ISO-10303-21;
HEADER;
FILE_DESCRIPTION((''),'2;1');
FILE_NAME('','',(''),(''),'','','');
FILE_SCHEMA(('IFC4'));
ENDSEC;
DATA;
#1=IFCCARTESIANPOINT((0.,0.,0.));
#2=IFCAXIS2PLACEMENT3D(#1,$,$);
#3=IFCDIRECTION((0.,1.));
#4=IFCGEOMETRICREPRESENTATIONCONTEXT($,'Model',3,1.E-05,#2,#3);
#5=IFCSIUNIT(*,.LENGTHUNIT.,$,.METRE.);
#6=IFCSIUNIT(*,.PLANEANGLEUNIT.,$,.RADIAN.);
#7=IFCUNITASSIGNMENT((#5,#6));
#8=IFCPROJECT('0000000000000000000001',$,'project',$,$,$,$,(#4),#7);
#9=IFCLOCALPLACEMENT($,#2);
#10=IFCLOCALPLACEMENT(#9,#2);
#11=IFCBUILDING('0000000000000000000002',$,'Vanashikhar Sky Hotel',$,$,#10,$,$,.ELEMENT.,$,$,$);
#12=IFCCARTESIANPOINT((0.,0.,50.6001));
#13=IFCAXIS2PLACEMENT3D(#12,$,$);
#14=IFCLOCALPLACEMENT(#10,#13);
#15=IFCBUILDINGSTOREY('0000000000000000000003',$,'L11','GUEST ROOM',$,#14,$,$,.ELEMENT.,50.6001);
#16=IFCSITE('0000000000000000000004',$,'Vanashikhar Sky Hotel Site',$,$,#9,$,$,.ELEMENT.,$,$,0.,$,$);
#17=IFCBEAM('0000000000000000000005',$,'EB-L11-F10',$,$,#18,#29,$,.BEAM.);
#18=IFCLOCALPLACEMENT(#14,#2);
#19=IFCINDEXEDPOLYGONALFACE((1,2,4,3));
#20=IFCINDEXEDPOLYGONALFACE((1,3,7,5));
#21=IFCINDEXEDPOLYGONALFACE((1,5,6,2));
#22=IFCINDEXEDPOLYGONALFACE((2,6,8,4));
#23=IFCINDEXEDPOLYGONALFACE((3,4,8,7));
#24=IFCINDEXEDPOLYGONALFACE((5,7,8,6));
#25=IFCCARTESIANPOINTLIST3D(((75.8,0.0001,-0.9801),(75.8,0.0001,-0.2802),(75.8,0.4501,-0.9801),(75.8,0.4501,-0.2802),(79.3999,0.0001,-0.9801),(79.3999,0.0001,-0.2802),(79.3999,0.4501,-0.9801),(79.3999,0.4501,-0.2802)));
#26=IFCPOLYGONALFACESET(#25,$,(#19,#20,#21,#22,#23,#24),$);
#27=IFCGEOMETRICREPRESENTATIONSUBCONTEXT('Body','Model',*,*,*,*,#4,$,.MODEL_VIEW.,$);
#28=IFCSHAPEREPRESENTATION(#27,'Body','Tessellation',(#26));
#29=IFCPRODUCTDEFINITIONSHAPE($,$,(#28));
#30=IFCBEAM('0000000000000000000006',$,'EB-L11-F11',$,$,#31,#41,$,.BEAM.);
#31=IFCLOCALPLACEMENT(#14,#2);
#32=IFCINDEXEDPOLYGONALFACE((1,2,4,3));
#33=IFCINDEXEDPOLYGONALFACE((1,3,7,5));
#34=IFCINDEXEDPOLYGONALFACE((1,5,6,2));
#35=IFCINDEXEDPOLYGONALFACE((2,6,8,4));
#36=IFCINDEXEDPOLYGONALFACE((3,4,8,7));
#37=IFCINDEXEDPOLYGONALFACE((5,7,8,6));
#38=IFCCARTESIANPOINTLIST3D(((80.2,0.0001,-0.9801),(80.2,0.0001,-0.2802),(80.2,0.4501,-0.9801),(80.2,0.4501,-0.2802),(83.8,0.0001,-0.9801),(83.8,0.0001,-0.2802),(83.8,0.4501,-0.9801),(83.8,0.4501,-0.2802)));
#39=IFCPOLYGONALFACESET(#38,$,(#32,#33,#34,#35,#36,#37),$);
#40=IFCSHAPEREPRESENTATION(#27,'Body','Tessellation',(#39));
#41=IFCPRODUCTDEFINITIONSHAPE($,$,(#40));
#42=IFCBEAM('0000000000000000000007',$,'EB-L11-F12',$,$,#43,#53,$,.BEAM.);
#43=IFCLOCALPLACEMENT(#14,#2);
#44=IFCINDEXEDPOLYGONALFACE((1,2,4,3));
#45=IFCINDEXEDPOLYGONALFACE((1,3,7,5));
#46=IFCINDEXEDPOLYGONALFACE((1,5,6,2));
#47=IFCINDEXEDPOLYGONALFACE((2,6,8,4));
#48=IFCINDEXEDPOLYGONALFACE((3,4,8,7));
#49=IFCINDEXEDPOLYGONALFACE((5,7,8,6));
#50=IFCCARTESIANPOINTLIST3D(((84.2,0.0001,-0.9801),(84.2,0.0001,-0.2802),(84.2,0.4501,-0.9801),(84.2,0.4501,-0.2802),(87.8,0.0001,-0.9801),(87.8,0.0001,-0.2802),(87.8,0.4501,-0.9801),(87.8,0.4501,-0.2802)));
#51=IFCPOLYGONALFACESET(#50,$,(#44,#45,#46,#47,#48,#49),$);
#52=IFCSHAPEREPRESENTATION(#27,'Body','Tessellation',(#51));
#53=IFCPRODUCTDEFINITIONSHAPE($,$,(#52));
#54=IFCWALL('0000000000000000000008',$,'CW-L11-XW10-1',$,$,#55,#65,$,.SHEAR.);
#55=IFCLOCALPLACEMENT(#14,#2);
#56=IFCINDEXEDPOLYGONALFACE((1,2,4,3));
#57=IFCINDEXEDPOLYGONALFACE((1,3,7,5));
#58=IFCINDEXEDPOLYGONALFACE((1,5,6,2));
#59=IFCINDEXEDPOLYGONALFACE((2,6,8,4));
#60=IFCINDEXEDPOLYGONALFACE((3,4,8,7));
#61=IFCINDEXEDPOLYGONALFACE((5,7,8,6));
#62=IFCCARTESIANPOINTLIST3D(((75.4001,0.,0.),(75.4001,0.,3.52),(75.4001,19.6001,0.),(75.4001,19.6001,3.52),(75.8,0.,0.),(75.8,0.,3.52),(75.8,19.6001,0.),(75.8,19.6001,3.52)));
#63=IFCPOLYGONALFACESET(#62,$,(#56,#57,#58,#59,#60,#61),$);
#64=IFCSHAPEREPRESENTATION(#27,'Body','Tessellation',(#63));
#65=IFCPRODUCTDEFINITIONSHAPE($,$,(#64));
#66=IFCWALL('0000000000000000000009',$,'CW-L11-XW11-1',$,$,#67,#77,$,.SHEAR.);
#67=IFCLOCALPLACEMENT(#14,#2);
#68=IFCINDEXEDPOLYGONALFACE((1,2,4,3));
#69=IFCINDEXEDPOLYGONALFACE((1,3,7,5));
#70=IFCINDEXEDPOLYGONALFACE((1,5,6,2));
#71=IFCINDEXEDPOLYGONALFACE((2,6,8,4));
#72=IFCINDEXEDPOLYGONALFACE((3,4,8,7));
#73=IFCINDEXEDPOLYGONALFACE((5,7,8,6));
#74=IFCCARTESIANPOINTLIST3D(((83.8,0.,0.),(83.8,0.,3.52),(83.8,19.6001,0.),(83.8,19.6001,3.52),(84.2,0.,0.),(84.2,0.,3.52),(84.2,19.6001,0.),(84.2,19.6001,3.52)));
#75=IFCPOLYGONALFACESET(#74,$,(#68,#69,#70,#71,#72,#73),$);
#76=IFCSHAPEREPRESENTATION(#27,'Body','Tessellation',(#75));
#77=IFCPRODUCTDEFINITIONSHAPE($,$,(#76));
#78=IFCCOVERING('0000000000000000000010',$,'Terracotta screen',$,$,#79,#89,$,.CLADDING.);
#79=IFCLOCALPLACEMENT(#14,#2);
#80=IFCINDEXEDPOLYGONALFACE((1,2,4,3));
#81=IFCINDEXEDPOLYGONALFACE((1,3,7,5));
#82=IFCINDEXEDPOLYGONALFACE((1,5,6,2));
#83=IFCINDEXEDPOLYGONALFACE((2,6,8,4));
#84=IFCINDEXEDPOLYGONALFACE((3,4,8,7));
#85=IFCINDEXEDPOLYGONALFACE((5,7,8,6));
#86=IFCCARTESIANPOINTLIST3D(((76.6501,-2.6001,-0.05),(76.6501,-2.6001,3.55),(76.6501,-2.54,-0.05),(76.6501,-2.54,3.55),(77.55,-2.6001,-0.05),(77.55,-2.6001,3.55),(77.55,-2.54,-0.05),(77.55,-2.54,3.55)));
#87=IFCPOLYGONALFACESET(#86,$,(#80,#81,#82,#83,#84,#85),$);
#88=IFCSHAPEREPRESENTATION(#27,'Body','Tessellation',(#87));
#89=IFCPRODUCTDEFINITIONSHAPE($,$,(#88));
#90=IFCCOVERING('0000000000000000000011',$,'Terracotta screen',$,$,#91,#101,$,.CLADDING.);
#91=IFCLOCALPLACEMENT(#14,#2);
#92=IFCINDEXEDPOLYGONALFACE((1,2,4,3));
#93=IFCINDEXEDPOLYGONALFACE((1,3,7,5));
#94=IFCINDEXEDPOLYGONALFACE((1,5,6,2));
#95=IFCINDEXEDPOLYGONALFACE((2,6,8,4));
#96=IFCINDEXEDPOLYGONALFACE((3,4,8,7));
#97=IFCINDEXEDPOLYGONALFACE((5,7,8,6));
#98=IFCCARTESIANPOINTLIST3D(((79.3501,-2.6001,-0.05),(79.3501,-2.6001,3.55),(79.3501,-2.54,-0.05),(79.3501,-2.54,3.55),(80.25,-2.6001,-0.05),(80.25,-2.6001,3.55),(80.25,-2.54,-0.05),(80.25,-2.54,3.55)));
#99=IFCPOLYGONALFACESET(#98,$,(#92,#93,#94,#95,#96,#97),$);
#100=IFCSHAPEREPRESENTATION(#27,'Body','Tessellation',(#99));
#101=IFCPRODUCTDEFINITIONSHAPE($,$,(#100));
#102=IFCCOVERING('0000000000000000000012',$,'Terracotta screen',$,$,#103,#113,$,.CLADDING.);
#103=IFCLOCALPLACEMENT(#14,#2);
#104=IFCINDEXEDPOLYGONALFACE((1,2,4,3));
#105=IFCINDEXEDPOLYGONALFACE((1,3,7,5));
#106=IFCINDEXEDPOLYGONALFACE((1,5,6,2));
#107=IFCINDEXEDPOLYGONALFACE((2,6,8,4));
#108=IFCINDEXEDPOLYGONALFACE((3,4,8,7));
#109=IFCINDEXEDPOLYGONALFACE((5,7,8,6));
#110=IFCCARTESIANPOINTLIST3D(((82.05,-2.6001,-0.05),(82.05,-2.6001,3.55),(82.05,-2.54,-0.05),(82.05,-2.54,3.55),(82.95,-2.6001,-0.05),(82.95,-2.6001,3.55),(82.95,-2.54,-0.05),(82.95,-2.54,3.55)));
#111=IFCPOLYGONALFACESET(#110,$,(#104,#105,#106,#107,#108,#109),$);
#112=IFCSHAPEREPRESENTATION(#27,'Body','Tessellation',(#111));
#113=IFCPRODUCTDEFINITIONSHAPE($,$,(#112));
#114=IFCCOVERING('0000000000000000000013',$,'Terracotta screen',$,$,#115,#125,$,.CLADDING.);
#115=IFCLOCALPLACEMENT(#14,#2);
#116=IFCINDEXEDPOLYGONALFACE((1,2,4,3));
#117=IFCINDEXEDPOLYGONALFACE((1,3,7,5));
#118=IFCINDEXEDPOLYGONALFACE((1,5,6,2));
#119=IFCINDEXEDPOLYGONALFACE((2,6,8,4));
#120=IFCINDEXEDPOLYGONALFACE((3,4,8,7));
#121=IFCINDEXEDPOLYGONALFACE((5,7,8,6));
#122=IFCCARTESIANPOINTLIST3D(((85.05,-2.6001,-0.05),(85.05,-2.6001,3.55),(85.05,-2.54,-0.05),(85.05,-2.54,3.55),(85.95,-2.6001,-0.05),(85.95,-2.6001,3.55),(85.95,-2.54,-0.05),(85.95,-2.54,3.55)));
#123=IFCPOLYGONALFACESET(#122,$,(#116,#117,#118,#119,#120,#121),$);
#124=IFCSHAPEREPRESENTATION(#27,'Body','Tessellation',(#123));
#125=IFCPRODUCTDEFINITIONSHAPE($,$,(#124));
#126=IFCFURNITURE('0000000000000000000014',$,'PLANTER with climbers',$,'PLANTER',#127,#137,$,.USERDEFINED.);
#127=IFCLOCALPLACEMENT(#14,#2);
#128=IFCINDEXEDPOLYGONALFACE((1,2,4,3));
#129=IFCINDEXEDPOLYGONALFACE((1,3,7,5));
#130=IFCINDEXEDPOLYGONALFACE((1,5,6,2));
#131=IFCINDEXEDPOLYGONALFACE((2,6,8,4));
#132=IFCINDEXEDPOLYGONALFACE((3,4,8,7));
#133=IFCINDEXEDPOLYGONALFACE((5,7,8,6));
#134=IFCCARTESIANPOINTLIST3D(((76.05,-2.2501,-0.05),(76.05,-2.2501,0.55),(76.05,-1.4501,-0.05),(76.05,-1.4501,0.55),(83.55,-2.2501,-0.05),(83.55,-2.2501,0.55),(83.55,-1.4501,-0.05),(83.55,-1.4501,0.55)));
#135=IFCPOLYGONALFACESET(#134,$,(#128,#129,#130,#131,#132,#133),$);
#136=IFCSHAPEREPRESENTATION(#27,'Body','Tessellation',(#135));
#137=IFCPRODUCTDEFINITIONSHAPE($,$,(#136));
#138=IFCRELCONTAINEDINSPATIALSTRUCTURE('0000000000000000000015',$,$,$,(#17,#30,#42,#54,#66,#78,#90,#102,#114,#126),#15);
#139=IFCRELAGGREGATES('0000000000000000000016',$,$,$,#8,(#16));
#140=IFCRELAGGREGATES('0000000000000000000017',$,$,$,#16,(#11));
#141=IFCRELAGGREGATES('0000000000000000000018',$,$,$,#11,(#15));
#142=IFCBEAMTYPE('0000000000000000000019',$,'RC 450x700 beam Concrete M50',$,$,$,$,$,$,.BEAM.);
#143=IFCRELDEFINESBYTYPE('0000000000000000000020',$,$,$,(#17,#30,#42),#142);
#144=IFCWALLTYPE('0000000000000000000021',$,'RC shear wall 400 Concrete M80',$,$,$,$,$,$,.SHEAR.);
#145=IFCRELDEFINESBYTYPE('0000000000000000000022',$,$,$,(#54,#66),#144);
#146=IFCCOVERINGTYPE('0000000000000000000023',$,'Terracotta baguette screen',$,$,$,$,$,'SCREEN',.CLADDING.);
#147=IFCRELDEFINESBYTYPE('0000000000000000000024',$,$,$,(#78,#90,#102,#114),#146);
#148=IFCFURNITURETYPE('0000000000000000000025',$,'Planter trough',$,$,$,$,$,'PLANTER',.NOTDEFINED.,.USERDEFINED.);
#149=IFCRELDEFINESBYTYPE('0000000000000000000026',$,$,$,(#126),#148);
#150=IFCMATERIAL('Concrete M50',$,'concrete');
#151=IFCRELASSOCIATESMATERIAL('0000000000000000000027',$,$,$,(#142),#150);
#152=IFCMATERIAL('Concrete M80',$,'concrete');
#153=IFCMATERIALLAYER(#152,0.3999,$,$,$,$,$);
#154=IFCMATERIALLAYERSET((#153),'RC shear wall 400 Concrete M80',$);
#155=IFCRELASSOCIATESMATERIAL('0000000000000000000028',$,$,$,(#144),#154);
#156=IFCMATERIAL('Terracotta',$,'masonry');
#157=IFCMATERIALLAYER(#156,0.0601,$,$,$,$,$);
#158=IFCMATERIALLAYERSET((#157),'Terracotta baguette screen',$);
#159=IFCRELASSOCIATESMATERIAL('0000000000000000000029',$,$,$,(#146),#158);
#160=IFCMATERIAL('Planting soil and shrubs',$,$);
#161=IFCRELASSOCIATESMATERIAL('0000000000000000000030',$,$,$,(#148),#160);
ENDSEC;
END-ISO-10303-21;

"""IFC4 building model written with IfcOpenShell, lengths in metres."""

from ifc_helpers import new_model, si_unit, direction, frame, frame_2d, origin, origin_2d, place, context, subcontext, project, spatial, rectangle, extrude, source, transform, mapped, material, layer, layer_set, material_profile, profile_set, type_object, element, save


model = new_model("IFC4")

# Units and contexts
model_context = context("Model", 3, precision=1e-05, world=origin(), true_north=direction((0.0, 1.0)))
body_context = subcontext(model_context, "Body", "Model", "MODEL_VIEW")
ifc_project = project(units=[si_unit("LENGTHUNIT", "METRE"), si_unit("PLANEANGLEUNIT", "RADIAN")], contexts=[model_context])

# Site, building, storey
site_placement = place(None, origin())
site = spatial("IfcSite", under=ifc_project, at=site_placement, Name="Vanashikhar Sky Hotel Site", CompositionType="ELEMENT", RefElevation=0.0)
building_placement = place(site_placement, origin())
building = spatial("IfcBuilding", under=site, at=building_placement, Name="Vanashikhar Sky Hotel", CompositionType="ELEMENT")
storey_placement = place(building_placement, frame((0.0, 0.0, 50.6001)))
storey = spatial("IfcBuildingStorey", under=building, at=storey_placement, Name="L11", Description="GUEST ROOM", CompositionType="ELEMENT", Elevation=50.6001)

# Beams
ifc_material_1 = material(Name="Concrete M50", Category="concrete")
ifc_material_profile = material_profile(ifc_material_1, rectangle(XDim=0.45, YDim=0.7, at=origin_2d()))
ifc_profile_set = profile_set([ifc_material_profile], Name="RC 450x700 beam Concrete M50")
beam_type = type_object("IfcBeamType", Name="RC 450x700 beam Concrete M50", PredefinedType="BEAM", material=ifc_profile_set)
shared_shape_1 = source(origin(), body_context, "Body", "SweptSolid", [
    extrude(rectangle(XDim=0.45, YDim=0.7, at=origin_2d()), origin(), (0.0, 0.0, 1.0), 3.5999),
])
beam_placement = place(storey_placement, frame((75.8, 0.2251, -0.6301), z_axis=(1.0, 0.0, 0.0), x_axis=(0.0, 1.0, 0.0)))
element("IfcBeam", 1, at=beam_placement, inside=storey, type_object=beam_type, Name="EB-L11-F10", PredefinedType="BEAM", context=body_context, shape_type="MappedRepresentation", body=[
    mapped(shared_shape_1, transform((0.0, 0.0, 0.0), scale=1.0)),
])
shared_shape_2 = source(origin(), body_context, "Body", "SweptSolid", [
    extrude(rectangle(XDim=0.45, YDim=0.7, at=origin_2d()), origin(), (0.0, 0.0, 1.0), 3.6001),
])
for number, where, z_axis, x_axis, name in (
    (2, (80.2, 0.2251, -0.6301), (1.0, 0.0, 0.0), (0.0, 1.0, 0.0), "EB-L11-F11"),
    (3, (84.2, 0.2251, -0.6301), (1.0, 0.0, 0.0), (0.0, 1.0, 0.0), "EB-L11-F12"),
):
    element("IfcBeam", number, at=place(storey_placement, frame(where, z_axis=z_axis, x_axis=x_axis)), inside=storey, type_object=beam_type, Name=name, PredefinedType="BEAM", context=body_context, shape_type="MappedRepresentation", body=[
        mapped(shared_shape_2, transform((0.0, 0.0, 0.0), scale=1.0)),
    ])

# Walls
ifc_material_2 = material(Name="Concrete M80", Category="concrete")
ifc_layer_1 = layer(ifc_material_2, 0.3999)
ifc_layer_set_1 = layer_set([ifc_layer_1], Name="RC shear wall 400 Concrete M80")
wall_type_1 = type_object("IfcWallType", Name="RC shear wall 400 Concrete M80", PredefinedType="SHEAR", material=ifc_layer_set_1)
shared_shape_3 = source(origin(), body_context, "Body", "SweptSolid", [
    extrude(rectangle(XDim=19.6001, YDim=0.3999, at=frame_2d((9.8, 0.0))), origin(), (0.0, 0.0, 1.0), 3.52),
])
for number, where, z_axis, x_axis, name in (
    (4, (75.6001, 0.0, 0.0), (0.0, 0.0, 1.0), (0.0, 1.0, 0.0), "CW-L11-XW10-1"),
    (5, (84.0, 0.0, 0.0), (0.0, 0.0, 1.0), (0.0, 1.0, 0.0), "CW-L11-XW11-1"),
):
    element("IfcWall", number, at=place(storey_placement, frame(where, z_axis=z_axis, x_axis=x_axis)), inside=storey, type_object=wall_type_1, Name=name, PredefinedType="SHEAR", context=body_context, shape_type="MappedRepresentation", body=[
        mapped(shared_shape_3, transform((0.0, 0.0, 0.0), scale=1.0)),
    ])

# Coverings
ifc_material_3 = material(Name="Terracotta", Category="masonry")
ifc_layer_2 = layer(ifc_material_3, 0.0601)
ifc_layer_set_2 = layer_set([ifc_layer_2], Name="Terracotta baguette screen")
covering_type = type_object("IfcCoveringType", Name="Terracotta baguette screen", ElementType="SCREEN", PredefinedType="CLADDING", material=ifc_layer_set_2)
shared_shape_4 = source(origin(), body_context, "Body", "SweptSolid", [
    extrude(rectangle(XDim=0.8999, YDim=0.0601, at=origin_2d()), origin(), (0.0, 0.0, 1.0), 3.6001),
])
for number, where, z_axis, x_axis, name in (
    (6, (77.1001, -2.5701, -0.05), (0.0, 0.0, 1.0), (1.0, 0.0, 0.0), "Terracotta screen"),
    (7, (79.8, -2.5701, -0.05), (0.0, 0.0, 1.0), (1.0, 0.0, 0.0), "Terracotta screen"),
    (8, (82.5, -2.5701, -0.05), (0.0, 0.0, 1.0), (1.0, 0.0, 0.0), "Terracotta screen"),
    (9, (85.5, -2.5701, -0.05), (0.0, 0.0, 1.0), (1.0, 0.0, 0.0), "Terracotta screen"),
):
    element("IfcCovering", number, at=place(storey_placement, frame(where, z_axis=z_axis, x_axis=x_axis)), inside=storey, type_object=covering_type, Name=name, PredefinedType="CLADDING", context=body_context, shape_type="MappedRepresentation", body=[
        mapped(shared_shape_4, transform((0.0, 0.0, 0.0), scale=1.0)),
    ])

# Furniture
ifc_material_4 = material(Name="Planting soil and shrubs")
furniture_type = type_object("IfcFurnitureType", Name="Planter trough", ElementType="PLANTER", AssemblyPlace="NOTDEFINED", PredefinedType="USERDEFINED", material=ifc_material_4)
shared_shape_5 = source(origin(), body_context, "Body", "SweptSolid", [
    extrude(rectangle(XDim=7.5, YDim=0.8, at=origin_2d()), origin(), (0.0, 0.0, 1.0), 0.6001),
])
furniture_placement = place(storey_placement, frame((79.8, -1.8501, -0.05), z_axis=(0.0, 0.0, 1.0), x_axis=(1.0, 0.0, 0.0)))
element("IfcFurniture", 10, at=furniture_placement, inside=storey, type_object=furniture_type, Name="PLANTER with climbers", ObjectType="PLANTER", PredefinedType="USERDEFINED", context=body_context, shape_type="MappedRepresentation", body=[
    mapped(shared_shape_5, transform((0.0, 0.0, 0.0), scale=1.0)),
])

save(model, "model.ifc")
